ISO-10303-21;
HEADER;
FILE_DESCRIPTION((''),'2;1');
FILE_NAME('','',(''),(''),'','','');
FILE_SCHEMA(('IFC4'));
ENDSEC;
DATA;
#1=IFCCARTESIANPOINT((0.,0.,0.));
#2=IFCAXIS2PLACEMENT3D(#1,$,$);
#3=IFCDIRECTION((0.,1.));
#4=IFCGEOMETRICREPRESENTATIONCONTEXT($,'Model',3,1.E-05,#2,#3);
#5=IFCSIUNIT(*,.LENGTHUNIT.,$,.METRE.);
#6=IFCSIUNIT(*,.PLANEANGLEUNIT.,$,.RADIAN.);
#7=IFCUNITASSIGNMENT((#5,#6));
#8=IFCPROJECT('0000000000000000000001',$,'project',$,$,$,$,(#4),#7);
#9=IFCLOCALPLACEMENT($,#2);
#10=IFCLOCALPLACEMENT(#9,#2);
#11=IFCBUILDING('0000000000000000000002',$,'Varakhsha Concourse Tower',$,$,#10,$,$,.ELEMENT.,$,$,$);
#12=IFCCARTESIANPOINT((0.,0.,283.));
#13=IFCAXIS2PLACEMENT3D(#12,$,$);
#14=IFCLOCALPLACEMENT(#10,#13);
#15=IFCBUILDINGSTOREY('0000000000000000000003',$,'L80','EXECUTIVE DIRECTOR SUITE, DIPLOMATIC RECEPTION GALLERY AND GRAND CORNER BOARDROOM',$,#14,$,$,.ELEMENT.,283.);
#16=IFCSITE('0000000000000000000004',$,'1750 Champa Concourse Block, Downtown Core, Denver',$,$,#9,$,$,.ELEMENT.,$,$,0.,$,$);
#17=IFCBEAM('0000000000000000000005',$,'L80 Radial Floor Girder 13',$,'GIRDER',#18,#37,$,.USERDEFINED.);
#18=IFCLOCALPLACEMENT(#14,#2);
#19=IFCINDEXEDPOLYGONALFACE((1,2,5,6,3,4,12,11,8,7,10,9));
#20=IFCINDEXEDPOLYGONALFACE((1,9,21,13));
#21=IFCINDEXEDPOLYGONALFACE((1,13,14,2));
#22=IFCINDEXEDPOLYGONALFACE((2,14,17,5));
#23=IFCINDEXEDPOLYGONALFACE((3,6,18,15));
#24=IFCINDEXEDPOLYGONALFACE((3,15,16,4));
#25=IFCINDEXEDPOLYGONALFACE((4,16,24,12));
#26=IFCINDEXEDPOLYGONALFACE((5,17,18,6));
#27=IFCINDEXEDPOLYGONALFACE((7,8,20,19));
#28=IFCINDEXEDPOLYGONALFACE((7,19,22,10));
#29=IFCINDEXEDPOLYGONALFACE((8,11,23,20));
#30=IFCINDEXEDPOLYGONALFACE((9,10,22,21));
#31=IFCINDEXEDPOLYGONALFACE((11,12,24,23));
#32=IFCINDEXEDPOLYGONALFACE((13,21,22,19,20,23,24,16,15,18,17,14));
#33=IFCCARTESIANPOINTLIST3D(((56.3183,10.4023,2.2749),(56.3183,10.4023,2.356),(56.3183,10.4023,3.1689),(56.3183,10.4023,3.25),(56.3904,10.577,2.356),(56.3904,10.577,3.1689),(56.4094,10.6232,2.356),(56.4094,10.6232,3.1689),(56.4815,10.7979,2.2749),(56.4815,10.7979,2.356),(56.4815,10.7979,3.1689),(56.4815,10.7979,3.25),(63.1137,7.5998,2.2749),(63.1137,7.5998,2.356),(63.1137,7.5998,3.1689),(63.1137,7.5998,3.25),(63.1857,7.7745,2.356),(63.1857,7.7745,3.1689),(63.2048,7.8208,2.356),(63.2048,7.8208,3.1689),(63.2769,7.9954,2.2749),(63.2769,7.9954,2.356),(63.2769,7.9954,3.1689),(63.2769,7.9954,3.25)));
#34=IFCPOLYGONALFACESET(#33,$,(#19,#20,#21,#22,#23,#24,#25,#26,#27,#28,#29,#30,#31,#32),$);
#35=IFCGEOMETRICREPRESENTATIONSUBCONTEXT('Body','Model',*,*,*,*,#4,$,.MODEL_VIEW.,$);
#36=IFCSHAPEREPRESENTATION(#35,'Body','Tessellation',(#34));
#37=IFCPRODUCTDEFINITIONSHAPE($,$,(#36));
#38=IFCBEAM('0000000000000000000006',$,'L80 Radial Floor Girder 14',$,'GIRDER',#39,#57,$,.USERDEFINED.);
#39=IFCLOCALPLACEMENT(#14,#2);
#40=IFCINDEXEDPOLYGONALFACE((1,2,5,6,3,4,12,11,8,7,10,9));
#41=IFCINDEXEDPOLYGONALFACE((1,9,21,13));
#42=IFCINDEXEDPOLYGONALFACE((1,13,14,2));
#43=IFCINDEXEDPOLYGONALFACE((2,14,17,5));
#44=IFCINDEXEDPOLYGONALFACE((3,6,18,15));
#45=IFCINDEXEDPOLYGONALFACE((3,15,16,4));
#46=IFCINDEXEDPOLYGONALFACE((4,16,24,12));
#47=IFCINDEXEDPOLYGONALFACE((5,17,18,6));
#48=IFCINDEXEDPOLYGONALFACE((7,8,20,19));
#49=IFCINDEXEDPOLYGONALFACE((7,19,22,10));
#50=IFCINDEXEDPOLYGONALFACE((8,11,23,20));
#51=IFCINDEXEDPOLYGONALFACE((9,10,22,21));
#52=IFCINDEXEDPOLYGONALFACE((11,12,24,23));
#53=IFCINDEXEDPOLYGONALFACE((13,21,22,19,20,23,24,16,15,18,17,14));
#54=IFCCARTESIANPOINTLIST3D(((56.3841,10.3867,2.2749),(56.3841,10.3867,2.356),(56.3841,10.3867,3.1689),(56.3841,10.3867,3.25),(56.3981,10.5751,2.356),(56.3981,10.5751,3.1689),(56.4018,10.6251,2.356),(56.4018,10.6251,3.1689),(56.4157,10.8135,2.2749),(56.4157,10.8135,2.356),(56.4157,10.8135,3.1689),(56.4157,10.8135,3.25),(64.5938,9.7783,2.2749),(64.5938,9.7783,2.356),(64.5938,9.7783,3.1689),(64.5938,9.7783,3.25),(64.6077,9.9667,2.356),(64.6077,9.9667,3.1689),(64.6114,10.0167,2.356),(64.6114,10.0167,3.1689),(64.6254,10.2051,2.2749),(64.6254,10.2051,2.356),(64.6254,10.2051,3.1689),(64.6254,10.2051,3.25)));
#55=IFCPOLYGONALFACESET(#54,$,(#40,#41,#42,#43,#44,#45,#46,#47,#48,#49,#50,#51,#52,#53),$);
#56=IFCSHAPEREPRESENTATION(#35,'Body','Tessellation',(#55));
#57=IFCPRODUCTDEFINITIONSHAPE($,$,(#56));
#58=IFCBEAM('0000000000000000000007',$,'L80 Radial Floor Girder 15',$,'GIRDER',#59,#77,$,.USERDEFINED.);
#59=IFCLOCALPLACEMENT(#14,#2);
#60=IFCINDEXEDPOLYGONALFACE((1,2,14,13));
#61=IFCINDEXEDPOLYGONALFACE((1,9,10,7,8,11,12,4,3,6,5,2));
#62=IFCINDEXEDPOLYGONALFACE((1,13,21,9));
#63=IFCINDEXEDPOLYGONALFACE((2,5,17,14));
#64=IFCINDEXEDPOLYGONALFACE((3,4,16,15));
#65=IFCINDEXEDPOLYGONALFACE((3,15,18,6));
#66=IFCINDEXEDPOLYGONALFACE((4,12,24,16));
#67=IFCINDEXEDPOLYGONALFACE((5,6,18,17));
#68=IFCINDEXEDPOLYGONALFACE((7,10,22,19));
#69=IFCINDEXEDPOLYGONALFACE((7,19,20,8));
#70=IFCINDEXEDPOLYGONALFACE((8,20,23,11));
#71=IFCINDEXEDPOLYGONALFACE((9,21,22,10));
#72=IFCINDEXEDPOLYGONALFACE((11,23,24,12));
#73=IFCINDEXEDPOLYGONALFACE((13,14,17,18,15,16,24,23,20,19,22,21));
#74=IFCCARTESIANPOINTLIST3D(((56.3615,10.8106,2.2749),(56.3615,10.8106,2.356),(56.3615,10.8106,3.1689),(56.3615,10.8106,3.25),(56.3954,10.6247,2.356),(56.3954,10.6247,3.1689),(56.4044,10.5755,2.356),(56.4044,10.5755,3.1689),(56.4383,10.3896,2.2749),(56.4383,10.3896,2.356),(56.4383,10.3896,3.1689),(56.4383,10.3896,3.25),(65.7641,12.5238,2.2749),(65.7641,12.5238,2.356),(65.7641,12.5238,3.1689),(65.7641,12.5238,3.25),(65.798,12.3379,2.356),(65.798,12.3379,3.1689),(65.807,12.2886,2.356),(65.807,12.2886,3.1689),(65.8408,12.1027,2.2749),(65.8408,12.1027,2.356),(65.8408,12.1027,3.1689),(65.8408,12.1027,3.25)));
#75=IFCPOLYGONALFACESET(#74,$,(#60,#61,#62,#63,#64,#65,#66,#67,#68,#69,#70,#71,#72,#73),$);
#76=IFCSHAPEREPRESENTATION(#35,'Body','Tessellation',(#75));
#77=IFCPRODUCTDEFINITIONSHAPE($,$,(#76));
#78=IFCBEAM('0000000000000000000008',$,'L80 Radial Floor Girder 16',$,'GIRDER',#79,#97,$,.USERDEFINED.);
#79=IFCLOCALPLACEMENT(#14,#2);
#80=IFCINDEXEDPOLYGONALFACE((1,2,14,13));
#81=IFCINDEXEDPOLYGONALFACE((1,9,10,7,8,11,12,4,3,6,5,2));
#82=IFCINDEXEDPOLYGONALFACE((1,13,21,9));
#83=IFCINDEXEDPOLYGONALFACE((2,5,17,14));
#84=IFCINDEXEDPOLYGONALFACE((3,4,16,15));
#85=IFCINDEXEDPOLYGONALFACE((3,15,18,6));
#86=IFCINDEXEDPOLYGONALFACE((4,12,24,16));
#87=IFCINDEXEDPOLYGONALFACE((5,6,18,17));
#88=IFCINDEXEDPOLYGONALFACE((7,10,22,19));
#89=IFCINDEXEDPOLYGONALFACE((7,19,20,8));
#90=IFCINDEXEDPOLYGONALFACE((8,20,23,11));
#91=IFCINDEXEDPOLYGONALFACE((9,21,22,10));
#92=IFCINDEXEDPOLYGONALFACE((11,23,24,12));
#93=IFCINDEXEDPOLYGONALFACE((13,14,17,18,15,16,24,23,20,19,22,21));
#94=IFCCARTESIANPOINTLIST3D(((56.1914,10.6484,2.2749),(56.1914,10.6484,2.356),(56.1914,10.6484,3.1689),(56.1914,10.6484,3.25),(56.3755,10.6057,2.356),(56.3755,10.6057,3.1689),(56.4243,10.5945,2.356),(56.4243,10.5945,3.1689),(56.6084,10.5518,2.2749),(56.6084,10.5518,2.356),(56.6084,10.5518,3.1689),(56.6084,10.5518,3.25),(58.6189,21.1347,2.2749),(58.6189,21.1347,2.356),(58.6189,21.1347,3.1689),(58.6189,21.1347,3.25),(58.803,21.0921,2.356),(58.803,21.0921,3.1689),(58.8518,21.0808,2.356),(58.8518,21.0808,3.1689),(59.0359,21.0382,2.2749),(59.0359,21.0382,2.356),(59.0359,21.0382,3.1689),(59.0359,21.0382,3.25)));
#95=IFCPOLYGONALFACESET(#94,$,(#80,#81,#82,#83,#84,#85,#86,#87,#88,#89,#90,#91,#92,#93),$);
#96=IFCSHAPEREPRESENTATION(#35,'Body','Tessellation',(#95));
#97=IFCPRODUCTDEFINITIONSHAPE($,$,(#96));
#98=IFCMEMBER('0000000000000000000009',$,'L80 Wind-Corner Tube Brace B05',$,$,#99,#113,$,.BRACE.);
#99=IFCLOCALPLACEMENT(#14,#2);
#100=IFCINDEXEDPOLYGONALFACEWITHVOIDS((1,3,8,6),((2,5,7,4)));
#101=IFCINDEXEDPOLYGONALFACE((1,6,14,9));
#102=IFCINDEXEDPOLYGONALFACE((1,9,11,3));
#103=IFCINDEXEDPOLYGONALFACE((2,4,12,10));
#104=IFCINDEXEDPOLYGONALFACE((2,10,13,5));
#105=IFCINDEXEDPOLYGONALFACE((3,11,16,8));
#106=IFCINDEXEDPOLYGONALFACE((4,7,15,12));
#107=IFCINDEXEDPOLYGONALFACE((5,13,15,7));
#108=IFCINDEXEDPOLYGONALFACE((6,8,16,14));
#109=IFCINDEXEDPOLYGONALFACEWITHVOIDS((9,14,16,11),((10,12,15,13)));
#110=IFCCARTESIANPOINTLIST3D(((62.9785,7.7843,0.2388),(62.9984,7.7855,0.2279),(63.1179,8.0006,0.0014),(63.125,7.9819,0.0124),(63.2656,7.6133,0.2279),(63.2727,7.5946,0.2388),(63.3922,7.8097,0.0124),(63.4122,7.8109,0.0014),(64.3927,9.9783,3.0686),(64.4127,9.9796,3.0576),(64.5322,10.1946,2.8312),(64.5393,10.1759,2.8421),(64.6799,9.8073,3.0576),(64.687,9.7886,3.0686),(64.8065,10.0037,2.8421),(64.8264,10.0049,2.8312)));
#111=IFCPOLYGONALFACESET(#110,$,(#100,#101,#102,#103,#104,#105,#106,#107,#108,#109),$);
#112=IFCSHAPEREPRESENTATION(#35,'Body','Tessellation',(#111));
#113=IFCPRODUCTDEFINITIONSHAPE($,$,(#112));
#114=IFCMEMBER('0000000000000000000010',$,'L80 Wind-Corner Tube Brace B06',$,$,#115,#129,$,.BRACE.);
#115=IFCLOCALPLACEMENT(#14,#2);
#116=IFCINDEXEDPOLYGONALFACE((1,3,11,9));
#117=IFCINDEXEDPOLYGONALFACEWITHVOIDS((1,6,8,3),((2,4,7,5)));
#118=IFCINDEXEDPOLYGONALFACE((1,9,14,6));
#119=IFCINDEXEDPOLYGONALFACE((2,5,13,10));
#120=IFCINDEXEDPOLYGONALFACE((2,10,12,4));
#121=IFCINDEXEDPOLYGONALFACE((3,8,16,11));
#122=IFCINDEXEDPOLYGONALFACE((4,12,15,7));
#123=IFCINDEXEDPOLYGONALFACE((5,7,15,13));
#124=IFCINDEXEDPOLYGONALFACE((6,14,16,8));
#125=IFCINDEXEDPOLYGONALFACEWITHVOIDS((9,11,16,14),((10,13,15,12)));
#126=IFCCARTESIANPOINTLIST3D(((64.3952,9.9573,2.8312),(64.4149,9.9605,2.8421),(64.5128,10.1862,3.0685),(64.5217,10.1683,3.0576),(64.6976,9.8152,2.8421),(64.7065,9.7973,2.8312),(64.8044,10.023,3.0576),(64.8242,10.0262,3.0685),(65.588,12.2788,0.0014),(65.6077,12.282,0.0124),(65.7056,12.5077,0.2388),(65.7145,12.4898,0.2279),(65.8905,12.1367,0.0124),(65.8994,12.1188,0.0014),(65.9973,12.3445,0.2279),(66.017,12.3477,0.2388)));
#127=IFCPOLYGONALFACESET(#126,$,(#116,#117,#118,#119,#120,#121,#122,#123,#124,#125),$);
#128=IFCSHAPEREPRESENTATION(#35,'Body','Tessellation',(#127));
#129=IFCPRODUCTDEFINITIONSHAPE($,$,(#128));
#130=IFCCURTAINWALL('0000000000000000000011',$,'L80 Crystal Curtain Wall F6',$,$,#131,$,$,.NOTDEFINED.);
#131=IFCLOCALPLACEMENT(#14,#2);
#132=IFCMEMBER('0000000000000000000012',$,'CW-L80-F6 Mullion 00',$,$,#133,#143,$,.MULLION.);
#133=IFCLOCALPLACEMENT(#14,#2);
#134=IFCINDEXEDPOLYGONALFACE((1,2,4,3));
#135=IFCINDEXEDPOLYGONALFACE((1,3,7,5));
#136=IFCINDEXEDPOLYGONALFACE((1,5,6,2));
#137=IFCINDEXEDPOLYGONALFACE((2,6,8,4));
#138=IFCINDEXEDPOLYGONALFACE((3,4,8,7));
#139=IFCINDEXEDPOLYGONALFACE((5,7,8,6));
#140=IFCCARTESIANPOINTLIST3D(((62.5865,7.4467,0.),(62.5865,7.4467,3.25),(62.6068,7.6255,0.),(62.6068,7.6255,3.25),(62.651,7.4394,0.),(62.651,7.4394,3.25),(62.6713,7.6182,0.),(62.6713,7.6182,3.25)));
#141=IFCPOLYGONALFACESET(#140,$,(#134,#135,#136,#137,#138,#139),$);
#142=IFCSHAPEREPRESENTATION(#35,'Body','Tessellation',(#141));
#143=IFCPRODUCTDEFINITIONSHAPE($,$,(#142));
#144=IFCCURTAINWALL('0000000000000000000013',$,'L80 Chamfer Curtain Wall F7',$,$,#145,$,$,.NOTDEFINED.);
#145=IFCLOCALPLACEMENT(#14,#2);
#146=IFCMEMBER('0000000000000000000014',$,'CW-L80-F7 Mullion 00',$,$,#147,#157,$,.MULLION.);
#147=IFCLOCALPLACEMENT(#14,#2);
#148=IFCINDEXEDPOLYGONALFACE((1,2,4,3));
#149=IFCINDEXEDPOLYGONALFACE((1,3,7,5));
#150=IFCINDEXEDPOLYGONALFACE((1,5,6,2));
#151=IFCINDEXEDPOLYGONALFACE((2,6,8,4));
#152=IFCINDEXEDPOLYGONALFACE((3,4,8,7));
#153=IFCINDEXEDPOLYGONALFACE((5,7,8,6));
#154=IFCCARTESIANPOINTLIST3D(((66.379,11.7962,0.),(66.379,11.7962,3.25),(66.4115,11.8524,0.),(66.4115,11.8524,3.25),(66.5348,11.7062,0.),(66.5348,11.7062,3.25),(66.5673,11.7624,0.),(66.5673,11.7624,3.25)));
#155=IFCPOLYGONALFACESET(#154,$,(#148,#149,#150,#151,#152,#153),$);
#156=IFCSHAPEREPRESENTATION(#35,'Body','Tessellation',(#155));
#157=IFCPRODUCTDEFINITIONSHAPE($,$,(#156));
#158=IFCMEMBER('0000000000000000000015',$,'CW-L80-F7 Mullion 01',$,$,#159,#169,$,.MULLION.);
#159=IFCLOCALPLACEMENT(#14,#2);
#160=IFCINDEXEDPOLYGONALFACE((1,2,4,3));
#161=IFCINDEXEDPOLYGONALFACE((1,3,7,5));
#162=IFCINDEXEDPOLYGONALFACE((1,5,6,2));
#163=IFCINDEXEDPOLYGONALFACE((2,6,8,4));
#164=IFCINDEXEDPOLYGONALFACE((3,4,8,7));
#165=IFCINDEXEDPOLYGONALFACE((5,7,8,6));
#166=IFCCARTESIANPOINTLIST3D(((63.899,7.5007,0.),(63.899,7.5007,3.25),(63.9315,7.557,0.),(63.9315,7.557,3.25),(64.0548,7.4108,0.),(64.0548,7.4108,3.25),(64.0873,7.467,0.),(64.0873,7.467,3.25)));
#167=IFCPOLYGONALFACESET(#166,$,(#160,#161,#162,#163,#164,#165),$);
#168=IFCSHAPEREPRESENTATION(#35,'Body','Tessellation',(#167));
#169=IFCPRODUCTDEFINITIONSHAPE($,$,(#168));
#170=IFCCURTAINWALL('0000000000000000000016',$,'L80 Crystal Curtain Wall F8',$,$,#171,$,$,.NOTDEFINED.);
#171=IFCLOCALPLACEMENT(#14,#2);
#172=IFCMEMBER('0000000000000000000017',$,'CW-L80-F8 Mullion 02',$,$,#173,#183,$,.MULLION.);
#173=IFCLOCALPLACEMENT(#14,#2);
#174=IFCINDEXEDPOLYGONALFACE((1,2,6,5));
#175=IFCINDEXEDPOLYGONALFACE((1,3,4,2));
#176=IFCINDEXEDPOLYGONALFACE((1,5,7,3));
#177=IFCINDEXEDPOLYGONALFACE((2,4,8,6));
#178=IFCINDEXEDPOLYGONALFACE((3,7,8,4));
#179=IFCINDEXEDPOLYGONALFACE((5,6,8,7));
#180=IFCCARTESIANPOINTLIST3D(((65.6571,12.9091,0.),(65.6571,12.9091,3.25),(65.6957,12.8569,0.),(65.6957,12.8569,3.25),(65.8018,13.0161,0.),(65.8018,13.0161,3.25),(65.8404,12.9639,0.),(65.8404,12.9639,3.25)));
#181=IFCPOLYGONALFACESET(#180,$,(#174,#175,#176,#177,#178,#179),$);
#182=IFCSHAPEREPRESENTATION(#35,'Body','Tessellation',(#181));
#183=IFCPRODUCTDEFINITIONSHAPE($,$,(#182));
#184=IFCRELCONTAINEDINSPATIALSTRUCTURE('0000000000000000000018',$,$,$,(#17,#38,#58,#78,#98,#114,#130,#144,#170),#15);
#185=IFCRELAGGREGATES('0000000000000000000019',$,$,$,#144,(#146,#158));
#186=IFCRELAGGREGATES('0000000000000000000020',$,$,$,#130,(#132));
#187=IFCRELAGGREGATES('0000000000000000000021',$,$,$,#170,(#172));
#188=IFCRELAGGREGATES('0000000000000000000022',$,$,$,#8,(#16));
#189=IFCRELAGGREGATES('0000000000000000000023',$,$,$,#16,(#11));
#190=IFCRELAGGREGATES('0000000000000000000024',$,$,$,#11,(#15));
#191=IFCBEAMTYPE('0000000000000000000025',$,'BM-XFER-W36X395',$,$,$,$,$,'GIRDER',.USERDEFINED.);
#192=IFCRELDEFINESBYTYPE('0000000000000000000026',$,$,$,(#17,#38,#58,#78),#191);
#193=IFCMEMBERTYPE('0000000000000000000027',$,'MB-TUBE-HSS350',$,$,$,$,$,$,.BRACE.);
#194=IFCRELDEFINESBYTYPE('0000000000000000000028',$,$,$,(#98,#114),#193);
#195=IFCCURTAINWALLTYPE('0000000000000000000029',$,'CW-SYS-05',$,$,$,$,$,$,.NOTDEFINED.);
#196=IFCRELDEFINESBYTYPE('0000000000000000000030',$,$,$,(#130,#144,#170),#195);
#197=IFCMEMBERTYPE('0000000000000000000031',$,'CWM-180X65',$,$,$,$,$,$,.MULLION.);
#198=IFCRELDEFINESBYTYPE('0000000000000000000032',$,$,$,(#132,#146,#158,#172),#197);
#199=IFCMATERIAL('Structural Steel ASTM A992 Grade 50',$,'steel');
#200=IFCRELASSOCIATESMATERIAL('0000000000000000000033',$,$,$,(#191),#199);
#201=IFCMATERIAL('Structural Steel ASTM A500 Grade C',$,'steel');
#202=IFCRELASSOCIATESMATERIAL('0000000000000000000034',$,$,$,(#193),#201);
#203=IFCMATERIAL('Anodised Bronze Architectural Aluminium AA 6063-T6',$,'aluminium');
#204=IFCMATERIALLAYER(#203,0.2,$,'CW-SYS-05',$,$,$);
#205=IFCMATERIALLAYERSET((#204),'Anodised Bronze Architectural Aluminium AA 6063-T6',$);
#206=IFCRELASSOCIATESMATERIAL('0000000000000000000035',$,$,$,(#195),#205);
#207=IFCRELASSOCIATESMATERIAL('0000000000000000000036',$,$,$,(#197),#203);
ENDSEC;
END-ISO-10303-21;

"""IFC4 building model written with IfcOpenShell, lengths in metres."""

from ifc_helpers import new_model, si_unit, direction, frame, origin, origin_2d, place, context, subcontext, project, spatial, rectangle, hollow_rectangle, i_section, extrude, source, transform, mapped, material, layer, layer_set, material_profile, profile_set, type_object, type_shapes, element, aggregate, save


model = new_model("IFC4")

# Units and contexts
model_context = context("Model", 3, precision=1e-05, world=origin(), true_north=direction((0.0, 1.0)))
body_context = subcontext(model_context, "Body", "Model", "MODEL_VIEW")
ifc_project = project(units=[si_unit("LENGTHUNIT", "METRE"), si_unit("PLANEANGLEUNIT", "RADIAN")], contexts=[model_context])

# Site, building, storey
site_placement = place(None, origin())
site = spatial("IfcSite", under=ifc_project, at=site_placement, Name="1750 Champa Concourse Block, Downtown Core, Denver", CompositionType="ELEMENT", RefElevation=0.0)
building_placement = place(site_placement, origin())
building = spatial("IfcBuilding", under=site, at=building_placement, Name="Varakhsha Concourse Tower", CompositionType="ELEMENT")
storey_placement = place(building_placement, frame((0.0, 0.0, 283.0)))
storey = spatial("IfcBuildingStorey", under=building, at=storey_placement, Name="L80", Description="EXECUTIVE DIRECTOR SUITE, DIPLOMATIC RECEPTION GALLERY AND GRAND CORNER BOARDROOM", CompositionType="ELEMENT", Elevation=283.0)

# Beams
ifc_material_1 = material(Name="Structural Steel ASTM A992 Grade 50", Category="steel")
ifc_material_profile_1 = material_profile(ifc_material_1, i_section(OverallWidth=0.428, OverallDepth=0.9751, WebThickness=0.05, FlangeThickness=0.0811, at=origin_2d()), Name="W36X395")
ifc_profile_set_1 = profile_set([ifc_material_profile_1], Name="Structural Steel ASTM A992 Grade 50")
beam_type_1 = type_object("IfcBeamType", Name="BM-XFER-W36X395", ElementType="GIRDER", PredefinedType="USERDEFINED", material=ifc_profile_set_1)
beam_1_placement = place(storey_placement, frame((56.3999, 10.6001, 2.7625), z_axis=(0.924468, -0.381259, 0.0), x_axis=(0.381259, 0.924468, 0.0)))
element("IfcBeam", 1, at=beam_1_placement, inside=storey, type_object=beam_type_1, Name="L80 Radial Floor Girder 13", ObjectType="GIRDER", PredefinedType="USERDEFINED", context=body_context, shape_type="SweptSolid", body=[
    extrude(i_section(OverallWidth=0.428, OverallDepth=0.9751, WebThickness=0.05, FlangeThickness=0.0811, at=origin_2d()), origin(), (0.0, 0.0, 1.0), 7.3506),
])
beam_2_placement = place(storey_placement, frame((56.3999, 10.6001, 2.7625), z_axis=(0.997265, -0.073904, 0.0), x_axis=(0.073904, 0.997265, 0.0)))
element("IfcBeam", 2, at=beam_2_placement, inside=storey, type_object=beam_type_1, Name="L80 Radial Floor Girder 14", ObjectType="GIRDER", PredefinedType="USERDEFINED", context=body_context, shape_type="SweptSolid", body=[
    extrude(i_section(OverallWidth=0.428, OverallDepth=0.9751, WebThickness=0.05, FlangeThickness=0.0811, at=origin_2d()), origin(), (0.0, 0.0, 1.0), 8.2322),
])
beam_3_placement = place(storey_placement, frame((56.3999, 10.6001, 2.7625), z_axis=(0.983804, 0.179247, 0.0), x_axis=(-0.179247, 0.983804, 0.0)))
element("IfcBeam", 3, at=beam_3_placement, inside=storey, type_object=beam_type_1, Name="L80 Radial Floor Girder 15", ObjectType="GIRDER", PredefinedType="USERDEFINED", context=body_context, shape_type="SweptSolid", body=[
    extrude(i_section(OverallWidth=0.428, OverallDepth=0.9751, WebThickness=0.05, FlangeThickness=0.0811, at=origin_2d()), origin(), (0.0, 0.0, 1.0), 9.5574),
])
beam_4_placement = place(storey_placement, frame((56.3999, 10.6001, 2.7625), z_axis=(0.225527, 0.974237, 0.0), x_axis=(-0.974237, 0.225527, 0.0)))
element("IfcBeam", 4, at=beam_4_placement, inside=storey, type_object=beam_type_1, Name="L80 Radial Floor Girder 16", ObjectType="GIRDER", PredefinedType="USERDEFINED", context=body_context, shape_type="SweptSolid", body=[
    extrude(i_section(OverallWidth=0.428, OverallDepth=0.9751, WebThickness=0.05, FlangeThickness=0.0811, at=origin_2d()), origin(), (0.0, 0.0, 1.0), 10.7637),
])

# Members
ifc_material_2 = material(Name="Structural Steel ASTM A500 Grade C", Category="steel")
ifc_material_profile_2 = material_profile(ifc_material_2, hollow_rectangle(XDim=0.3501, YDim=0.3501, WallThickness=0.0161, at=origin_2d()), Name="HSS 350x350x16")
ifc_profile_set_2 = profile_set([ifc_material_profile_2], Name="Structural Steel ASTM A500 Grade C")
member_type_1 = type_object("IfcMemberType", Name="MB-TUBE-HSS350", PredefinedType="BRACE", material=ifc_profile_set_2)
shared_shape_1 = source(origin(), body_context, "Body", "SweptSolid", [
    extrude(hollow_rectangle(XDim=0.3501, YDim=0.3501, WallThickness=0.0161, at=origin_2d()), origin(), (0.0, 0.0, 1.0), 3.8499),
])
member_1_placement = place(storey_placement, frame((63.1953, 7.7976, 0.1201), z_axis=(0.367355, 0.569899, 0.735028), x_axis=(-0.840512, 0.541792, 0.0)))
element("IfcMember", 5, at=member_1_placement, inside=storey, type_object=member_type_1, Name="L80 Wind-Corner Tube Brace B05", PredefinedType="BRACE", context=body_context, shape_type="MappedRepresentation", body=[
    mapped(shared_shape_1, transform((0.0, 0.0, 0.0), scale=1.0)),
])
shared_shape_2 = source(origin(), body_context, "Body", "SweptSolid", [
    extrude(hollow_rectangle(XDim=0.3501, YDim=0.3501, WallThickness=0.0161, at=origin_2d()), origin(), (0.0, 0.0, 1.0), 3.8496),
])
type_shapes(member_type_1, [shared_shape_1, shared_shape_2])
member_2_placement = place(storey_placement, frame((65.8025, 12.3132, 0.1201), z_axis=(-0.309858, -0.603038, 0.735073), x_axis=(0.889453, -0.457027, 0.0)))
element("IfcMember", 6, at=member_2_placement, inside=storey, type_object=member_type_1, Name="L80 Wind-Corner Tube Brace B06", PredefinedType="BRACE", context=body_context, shape_type="MappedRepresentation", body=[
    mapped(shared_shape_2, transform((0.0, 0.0, 0.0), scale=1.0)),
])

# Curtain wall, member
ifc_material_3 = material(Name="Anodised Bronze Architectural Aluminium AA 6063-T6", Category="aluminium")
ifc_layer_1 = layer(ifc_material_3, 0.2, Name="CW-SYS-05")
ifc_layer_set_1 = layer_set([ifc_layer_1], Name="Anodised Bronze Architectural Aluminium AA 6063-T6")
curtain_wall_type = type_object("IfcCurtainWallType", Name="CW-SYS-05", PredefinedType="NOTDEFINED", material=ifc_layer_set_1)
curtain_wall_1_placement = place(storey_placement, origin())
curtain_wall_1 = element("IfcCurtainWall", 7, at=curtain_wall_1_placement, inside=storey, type_object=curtain_wall_type, Name="L80 Crystal Curtain Wall F6", PredefinedType="NOTDEFINED")
ifc_material_profile_3 = material_profile(ifc_material_3, rectangle(XDim=0.0649, YDim=0.1799, at=origin_2d()), Name="CWM-180X65")
ifc_profile_set_3 = profile_set([ifc_material_profile_3], Name="Anodised Bronze Architectural Aluminium AA 6063-T6")
member_type_2 = type_object("IfcMemberType", Name="CWM-180X65", PredefinedType="MULLION", material=ifc_profile_set_3)
shared_shape_3 = source(origin(), body_context, "Body", "SweptSolid", [
    extrude(rectangle(XDim=0.0649, YDim=0.1799, at=origin_2d()), origin(), (0.0, 0.0, 1.0), 3.25),
])
type_shapes(member_type_2, [shared_shape_3])
member_3_placement = place(storey_placement, frame((62.6289, 7.5325, 0.0), z_axis=(0.0, 0.0, 1.0), x_axis=(-0.993613, 0.112844, 0.0)))
member_3 = element("IfcMember", 8, at=member_3_placement, type_object=member_type_2, Name="CW-L80-F6 Mullion 00", PredefinedType="MULLION", context=body_context, shape_type="MappedRepresentation", body=[
    mapped(shared_shape_3, transform((0.0, 0.0, 0.0), scale=1.0)),
])

# Curtain wall, members
curtain_wall_2_placement = place(storey_placement, origin())
curtain_wall_2 = element("IfcCurtainWall", 9, at=curtain_wall_2_placement, inside=storey, type_object=curtain_wall_type, Name="L80 Chamfer Curtain Wall F7", PredefinedType="NOTDEFINED")
member_4_placement = place(storey_placement, frame((66.4731, 11.7793, 0.0), z_axis=(0.0, 0.0, 1.0), x_axis=(-0.499989, -0.866032, 0.0)))
member_4 = element("IfcMember", 10, at=member_4_placement, type_object=member_type_2, Name="CW-L80-F7 Mullion 00", PredefinedType="MULLION", context=body_context, shape_type="MappedRepresentation", body=[
    mapped(shared_shape_3, transform((0.0, 0.0, 0.0), scale=1.0)),
])
member_5_placement = place(storey_placement, frame((63.9932, 7.4839, 0.0), z_axis=(0.0, 0.0, 1.0), x_axis=(-0.499989, -0.866032, 0.0)))
member_5 = element("IfcMember", 11, at=member_5_placement, type_object=member_type_2, Name="CW-L80-F7 Mullion 01", PredefinedType="MULLION", context=body_context, shape_type="MappedRepresentation", body=[
    mapped(shared_shape_3, transform((0.0, 0.0, 0.0), scale=1.0)),
])

# Curtain wall, member
curtain_wall_3_placement = place(storey_placement, origin())
curtain_wall_3 = element("IfcCurtainWall", 12, at=curtain_wall_3_placement, inside=storey, type_object=curtain_wall_type, Name="L80 Crystal Curtain Wall F8", PredefinedType="NOTDEFINED")
member_6_placement = place(storey_placement, frame((65.7488, 12.9365, 0.0), z_axis=(0.0, 0.0, 1.0), x_axis=(0.594534, -0.804071, 0.0)))
member_6 = element("IfcMember", 13, at=member_6_placement, type_object=member_type_2, Name="CW-L80-F8 Mullion 02", PredefinedType="MULLION", context=body_context, shape_type="MappedRepresentation", body=[
    mapped(shared_shape_3, transform((0.0, 0.0, 0.0), scale=1.0)),
])

aggregate(curtain_wall_2, [member_4, member_5])
aggregate(curtain_wall_1, [member_3])
aggregate(curtain_wall_3, [member_6])

save(model, "model.ifc")
